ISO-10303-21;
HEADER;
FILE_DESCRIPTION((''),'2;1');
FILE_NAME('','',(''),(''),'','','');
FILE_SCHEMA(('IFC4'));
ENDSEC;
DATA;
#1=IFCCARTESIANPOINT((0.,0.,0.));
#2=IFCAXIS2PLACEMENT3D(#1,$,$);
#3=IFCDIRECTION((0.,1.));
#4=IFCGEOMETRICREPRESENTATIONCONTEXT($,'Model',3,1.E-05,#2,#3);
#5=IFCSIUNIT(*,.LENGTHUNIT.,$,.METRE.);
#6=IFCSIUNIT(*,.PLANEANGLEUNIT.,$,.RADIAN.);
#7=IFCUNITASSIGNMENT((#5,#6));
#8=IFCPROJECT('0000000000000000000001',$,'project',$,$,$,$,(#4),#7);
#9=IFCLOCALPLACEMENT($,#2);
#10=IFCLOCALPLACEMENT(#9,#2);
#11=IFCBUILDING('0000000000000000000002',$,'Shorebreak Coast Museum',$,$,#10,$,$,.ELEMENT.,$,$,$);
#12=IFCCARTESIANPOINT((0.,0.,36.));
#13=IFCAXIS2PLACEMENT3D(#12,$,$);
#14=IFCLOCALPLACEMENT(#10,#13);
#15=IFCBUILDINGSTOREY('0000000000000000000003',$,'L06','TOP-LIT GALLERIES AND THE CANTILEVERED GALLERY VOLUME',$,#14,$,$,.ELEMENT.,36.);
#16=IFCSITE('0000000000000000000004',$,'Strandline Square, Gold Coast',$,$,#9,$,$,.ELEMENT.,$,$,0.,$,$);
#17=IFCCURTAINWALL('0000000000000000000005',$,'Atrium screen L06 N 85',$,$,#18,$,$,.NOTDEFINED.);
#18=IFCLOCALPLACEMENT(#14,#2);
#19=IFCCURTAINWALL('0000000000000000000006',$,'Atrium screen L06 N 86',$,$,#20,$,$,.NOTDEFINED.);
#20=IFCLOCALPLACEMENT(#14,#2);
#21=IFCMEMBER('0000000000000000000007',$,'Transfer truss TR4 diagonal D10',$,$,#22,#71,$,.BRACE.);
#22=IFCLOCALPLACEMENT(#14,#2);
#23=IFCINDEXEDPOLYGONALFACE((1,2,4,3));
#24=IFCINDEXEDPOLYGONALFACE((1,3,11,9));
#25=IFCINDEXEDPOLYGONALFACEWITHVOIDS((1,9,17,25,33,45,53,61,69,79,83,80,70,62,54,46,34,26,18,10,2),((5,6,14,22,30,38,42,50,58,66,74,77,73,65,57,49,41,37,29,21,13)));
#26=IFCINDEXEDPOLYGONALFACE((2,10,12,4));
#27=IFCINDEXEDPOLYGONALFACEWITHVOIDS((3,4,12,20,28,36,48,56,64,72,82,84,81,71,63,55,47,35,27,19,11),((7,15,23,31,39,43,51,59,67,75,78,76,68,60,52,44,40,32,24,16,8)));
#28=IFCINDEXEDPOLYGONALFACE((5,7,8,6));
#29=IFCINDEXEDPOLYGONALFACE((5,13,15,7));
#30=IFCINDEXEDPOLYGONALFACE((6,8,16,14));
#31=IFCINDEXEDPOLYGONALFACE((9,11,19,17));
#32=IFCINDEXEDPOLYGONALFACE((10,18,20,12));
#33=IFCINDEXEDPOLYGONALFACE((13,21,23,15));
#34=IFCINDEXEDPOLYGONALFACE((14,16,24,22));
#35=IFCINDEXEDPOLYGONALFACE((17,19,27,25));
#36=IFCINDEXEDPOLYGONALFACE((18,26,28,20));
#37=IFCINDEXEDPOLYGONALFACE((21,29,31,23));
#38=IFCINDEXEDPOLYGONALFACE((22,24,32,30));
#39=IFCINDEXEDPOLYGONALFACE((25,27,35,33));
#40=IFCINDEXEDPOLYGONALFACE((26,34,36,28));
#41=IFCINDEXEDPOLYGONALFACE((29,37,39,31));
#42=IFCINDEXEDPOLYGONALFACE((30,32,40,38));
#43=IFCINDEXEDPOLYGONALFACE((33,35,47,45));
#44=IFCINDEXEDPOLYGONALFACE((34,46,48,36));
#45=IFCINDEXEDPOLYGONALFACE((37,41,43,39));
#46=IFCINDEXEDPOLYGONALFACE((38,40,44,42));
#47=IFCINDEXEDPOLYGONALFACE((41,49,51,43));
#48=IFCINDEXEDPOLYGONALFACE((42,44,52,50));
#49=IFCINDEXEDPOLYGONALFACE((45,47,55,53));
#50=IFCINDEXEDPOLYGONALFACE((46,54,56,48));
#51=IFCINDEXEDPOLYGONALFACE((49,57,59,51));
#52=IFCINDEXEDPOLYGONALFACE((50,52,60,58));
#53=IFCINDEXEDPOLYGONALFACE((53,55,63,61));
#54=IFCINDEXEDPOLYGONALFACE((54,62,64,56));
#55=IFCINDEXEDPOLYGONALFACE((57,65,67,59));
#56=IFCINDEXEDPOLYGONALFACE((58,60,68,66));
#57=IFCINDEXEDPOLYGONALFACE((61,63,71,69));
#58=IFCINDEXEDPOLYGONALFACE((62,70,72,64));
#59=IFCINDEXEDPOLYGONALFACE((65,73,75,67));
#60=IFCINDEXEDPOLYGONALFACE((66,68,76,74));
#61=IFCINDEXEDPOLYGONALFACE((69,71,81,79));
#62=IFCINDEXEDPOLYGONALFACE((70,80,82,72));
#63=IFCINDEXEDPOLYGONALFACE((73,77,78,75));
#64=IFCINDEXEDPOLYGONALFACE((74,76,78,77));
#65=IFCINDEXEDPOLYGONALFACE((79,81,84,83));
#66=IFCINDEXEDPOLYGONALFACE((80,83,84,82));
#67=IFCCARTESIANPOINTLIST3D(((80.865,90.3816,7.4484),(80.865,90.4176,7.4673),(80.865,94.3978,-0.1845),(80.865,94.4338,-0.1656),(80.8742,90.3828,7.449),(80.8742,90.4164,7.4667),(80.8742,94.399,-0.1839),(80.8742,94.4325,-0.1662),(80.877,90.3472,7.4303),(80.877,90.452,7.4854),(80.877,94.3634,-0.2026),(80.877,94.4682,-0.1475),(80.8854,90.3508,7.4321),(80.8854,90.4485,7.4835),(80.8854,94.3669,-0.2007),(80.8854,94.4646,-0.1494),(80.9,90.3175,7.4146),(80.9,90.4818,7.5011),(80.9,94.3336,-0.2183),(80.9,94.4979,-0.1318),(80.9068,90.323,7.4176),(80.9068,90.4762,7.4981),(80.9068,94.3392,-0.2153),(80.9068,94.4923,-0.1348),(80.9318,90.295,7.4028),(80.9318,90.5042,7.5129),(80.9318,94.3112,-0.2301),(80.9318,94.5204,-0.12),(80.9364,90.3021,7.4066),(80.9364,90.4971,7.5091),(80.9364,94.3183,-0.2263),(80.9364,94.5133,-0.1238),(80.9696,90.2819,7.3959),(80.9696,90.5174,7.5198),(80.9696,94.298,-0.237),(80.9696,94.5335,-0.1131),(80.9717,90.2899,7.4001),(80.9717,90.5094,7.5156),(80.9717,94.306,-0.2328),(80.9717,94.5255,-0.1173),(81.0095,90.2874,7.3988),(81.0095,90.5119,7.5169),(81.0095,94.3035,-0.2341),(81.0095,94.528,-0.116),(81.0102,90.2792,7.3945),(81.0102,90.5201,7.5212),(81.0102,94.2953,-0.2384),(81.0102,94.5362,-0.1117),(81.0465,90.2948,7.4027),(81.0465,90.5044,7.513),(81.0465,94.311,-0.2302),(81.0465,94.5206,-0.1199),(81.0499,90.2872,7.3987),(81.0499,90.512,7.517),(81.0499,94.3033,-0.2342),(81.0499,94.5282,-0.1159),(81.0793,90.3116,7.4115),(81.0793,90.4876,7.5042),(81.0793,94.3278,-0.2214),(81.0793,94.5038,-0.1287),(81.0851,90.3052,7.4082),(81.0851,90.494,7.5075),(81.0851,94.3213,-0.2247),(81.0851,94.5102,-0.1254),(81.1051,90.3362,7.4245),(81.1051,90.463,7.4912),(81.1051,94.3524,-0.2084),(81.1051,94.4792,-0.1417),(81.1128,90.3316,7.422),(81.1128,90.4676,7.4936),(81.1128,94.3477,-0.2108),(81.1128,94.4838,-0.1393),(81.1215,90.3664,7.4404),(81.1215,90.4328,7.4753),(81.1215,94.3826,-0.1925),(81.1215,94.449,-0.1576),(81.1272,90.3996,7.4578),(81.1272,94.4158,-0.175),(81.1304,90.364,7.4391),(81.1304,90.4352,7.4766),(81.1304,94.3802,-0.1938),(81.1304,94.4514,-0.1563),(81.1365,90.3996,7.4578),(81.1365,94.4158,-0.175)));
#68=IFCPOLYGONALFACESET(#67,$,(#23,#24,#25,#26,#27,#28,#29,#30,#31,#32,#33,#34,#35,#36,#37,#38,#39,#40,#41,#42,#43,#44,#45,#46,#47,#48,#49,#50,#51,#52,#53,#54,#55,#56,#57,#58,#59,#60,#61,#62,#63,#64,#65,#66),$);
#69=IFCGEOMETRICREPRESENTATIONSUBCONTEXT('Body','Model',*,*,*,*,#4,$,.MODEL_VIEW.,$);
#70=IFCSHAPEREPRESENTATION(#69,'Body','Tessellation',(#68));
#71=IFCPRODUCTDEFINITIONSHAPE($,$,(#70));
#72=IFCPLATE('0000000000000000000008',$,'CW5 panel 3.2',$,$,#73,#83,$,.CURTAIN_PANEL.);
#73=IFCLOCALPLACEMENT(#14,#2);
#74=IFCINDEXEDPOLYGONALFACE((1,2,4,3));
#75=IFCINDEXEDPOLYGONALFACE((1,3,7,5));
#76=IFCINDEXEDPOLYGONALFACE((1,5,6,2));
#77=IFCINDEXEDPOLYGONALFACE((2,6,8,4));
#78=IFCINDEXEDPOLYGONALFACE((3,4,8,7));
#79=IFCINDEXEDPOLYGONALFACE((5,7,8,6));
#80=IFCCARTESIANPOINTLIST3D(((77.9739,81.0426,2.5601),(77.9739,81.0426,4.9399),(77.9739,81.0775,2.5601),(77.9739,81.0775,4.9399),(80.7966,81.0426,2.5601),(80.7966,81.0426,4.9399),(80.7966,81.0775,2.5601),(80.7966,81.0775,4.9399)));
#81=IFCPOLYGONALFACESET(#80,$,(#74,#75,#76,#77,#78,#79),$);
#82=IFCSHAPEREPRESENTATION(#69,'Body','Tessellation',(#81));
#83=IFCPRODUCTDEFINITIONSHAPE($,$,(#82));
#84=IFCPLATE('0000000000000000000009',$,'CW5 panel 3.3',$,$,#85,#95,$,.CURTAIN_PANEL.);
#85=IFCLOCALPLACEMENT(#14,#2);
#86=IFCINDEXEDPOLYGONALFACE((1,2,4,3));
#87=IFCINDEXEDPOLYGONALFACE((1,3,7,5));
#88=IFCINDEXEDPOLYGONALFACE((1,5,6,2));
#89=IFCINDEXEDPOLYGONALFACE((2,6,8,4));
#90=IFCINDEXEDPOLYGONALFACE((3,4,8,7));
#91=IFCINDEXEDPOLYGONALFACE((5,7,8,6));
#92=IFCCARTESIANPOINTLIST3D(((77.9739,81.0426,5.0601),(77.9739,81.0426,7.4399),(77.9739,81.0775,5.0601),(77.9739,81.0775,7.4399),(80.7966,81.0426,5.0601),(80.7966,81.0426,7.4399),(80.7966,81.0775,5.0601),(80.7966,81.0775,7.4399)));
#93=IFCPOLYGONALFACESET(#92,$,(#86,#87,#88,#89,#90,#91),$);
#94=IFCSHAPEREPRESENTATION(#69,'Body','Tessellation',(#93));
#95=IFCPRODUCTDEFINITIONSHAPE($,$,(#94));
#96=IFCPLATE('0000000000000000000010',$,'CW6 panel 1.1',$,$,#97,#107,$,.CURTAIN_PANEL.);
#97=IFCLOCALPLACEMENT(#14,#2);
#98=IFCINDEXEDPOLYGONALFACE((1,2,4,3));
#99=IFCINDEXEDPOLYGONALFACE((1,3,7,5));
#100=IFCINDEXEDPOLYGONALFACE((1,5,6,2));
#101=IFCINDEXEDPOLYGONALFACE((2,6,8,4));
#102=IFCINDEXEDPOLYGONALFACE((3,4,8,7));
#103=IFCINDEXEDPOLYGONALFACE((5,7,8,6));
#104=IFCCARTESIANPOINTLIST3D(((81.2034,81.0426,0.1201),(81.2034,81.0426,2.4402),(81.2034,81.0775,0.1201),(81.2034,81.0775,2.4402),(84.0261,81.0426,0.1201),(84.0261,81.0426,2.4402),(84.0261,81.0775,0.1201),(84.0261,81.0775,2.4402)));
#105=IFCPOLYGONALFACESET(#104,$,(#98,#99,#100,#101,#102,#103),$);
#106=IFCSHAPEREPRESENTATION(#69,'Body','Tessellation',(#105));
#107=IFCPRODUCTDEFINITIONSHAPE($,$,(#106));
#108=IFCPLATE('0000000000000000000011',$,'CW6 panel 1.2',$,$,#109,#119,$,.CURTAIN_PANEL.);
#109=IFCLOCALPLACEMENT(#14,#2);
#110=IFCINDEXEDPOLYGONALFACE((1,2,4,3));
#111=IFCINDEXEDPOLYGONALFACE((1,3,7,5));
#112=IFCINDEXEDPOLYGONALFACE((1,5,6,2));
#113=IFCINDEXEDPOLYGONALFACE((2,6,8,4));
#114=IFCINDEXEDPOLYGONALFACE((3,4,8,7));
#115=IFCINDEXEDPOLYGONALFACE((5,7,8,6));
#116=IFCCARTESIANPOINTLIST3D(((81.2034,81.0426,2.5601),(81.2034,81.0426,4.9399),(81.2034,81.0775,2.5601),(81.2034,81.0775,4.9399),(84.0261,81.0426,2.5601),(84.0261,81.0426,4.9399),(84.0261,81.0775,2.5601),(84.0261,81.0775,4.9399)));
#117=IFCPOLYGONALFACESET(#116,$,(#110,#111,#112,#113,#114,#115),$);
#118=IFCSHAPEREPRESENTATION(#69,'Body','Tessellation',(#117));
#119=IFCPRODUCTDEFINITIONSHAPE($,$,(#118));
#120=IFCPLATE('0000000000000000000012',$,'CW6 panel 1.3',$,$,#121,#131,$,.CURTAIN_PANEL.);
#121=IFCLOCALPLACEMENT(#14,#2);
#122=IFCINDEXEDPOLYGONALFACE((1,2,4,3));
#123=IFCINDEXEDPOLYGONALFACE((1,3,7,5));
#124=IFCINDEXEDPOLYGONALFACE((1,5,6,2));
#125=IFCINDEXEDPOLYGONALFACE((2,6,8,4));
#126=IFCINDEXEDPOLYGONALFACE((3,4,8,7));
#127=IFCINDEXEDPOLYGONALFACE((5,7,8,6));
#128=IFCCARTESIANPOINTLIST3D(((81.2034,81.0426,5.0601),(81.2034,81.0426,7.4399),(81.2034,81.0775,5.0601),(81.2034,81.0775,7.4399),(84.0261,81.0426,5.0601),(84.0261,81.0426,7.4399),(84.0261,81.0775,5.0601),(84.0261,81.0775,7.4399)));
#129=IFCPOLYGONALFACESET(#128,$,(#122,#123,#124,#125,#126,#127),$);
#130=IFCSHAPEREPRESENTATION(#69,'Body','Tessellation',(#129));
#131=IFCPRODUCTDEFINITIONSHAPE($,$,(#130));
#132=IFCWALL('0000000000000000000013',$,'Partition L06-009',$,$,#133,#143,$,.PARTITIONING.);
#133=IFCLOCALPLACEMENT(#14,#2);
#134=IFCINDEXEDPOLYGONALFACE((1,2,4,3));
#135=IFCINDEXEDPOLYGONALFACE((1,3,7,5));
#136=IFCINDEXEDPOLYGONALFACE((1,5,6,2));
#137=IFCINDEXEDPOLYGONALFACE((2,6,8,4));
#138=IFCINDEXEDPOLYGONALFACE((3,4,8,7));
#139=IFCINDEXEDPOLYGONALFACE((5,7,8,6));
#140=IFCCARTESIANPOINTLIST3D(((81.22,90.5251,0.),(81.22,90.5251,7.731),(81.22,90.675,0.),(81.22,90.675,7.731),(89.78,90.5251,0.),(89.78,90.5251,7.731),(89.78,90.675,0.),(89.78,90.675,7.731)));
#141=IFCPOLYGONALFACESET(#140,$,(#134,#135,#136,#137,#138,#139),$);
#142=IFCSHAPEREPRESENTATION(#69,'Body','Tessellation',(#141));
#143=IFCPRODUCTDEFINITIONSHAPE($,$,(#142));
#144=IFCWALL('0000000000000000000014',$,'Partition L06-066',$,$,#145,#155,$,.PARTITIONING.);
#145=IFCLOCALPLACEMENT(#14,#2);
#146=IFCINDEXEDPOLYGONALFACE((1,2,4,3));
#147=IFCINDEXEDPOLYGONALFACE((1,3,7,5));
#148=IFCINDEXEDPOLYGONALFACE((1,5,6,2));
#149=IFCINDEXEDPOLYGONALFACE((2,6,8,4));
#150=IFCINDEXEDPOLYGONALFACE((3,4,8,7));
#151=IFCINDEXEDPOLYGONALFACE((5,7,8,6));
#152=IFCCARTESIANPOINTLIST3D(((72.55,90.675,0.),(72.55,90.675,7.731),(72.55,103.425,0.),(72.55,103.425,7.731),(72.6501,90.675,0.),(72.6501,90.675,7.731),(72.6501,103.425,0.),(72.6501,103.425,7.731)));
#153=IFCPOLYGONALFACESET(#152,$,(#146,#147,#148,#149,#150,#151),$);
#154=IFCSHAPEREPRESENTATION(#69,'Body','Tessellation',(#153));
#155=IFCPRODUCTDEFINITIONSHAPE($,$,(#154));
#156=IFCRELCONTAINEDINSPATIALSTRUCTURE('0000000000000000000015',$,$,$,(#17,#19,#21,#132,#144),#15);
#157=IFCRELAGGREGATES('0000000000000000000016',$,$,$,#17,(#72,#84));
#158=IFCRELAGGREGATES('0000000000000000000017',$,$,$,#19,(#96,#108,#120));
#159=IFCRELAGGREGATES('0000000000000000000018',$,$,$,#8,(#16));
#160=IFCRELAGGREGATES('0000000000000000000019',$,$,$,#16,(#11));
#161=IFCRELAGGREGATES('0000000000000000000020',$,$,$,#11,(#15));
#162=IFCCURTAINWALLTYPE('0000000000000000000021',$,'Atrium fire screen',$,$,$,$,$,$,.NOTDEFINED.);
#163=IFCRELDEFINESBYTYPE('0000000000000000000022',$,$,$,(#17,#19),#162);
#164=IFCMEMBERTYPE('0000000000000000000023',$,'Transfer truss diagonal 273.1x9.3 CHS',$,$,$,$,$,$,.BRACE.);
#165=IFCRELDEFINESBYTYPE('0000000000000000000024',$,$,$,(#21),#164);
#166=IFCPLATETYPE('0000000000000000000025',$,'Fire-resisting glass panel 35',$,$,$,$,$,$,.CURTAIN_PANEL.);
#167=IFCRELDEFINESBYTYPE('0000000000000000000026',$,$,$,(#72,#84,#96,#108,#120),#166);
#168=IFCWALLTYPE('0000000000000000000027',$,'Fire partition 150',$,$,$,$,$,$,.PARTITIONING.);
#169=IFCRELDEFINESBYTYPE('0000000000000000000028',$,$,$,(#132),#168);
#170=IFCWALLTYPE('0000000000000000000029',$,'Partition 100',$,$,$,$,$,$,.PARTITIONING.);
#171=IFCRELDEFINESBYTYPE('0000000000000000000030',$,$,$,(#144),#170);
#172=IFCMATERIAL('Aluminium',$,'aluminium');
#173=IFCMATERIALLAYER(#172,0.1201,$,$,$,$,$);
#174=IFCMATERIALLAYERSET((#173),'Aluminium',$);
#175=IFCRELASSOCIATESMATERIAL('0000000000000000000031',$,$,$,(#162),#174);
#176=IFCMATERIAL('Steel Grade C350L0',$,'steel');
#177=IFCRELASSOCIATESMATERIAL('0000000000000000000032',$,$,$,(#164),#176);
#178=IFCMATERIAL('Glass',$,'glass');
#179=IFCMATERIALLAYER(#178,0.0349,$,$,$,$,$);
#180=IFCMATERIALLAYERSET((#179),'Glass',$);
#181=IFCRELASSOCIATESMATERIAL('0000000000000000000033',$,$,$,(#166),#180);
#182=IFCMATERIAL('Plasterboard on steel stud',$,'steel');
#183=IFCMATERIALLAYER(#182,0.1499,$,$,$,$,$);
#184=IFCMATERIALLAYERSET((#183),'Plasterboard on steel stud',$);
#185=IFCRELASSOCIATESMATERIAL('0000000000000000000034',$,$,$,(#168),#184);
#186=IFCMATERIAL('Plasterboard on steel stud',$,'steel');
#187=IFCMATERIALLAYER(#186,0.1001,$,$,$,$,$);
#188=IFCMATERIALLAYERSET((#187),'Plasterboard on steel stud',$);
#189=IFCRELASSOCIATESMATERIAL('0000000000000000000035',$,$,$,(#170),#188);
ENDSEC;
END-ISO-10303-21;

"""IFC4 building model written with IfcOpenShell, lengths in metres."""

from ifc_helpers import new_model, si_unit, direction, frame, frame_2d, origin, origin_2d, place, context, subcontext, project, spatial, rectangle, hollow_circle, extrude, material, layer, layer_set, material_profile, profile_set, type_object, element, aggregate, save


model = new_model("IFC4")

# Units and contexts
model_context = context("Model", 3, precision=1e-05, world=origin(), true_north=direction((0.0, 1.0)))
body_context = subcontext(model_context, "Body", "Model", "MODEL_VIEW")
ifc_project = project(units=[si_unit("LENGTHUNIT", "METRE"), si_unit("PLANEANGLEUNIT", "RADIAN")], contexts=[model_context])

# Site, building, storey
site_placement = place(None, origin())
site = spatial("IfcSite", under=ifc_project, at=site_placement, Name="Strandline Square, Gold Coast", CompositionType="ELEMENT", RefElevation=0.0)
building_placement = place(site_placement, origin())
building = spatial("IfcBuilding", under=site, at=building_placement, Name="Shorebreak Coast Museum", CompositionType="ELEMENT")
storey_placement = place(building_placement, frame((0.0, 0.0, 36.0)))
storey = spatial("IfcBuildingStorey", under=building, at=storey_placement, Name="L06", Description="TOP-LIT GALLERIES AND THE CANTILEVERED GALLERY VOLUME", CompositionType="ELEMENT", Elevation=36.0)

# Curtain wall
ifc_material_1 = material(Name="Aluminium", Category="aluminium")
ifc_layer_1 = layer(ifc_material_1, 0.1201)
ifc_layer_set_1 = layer_set([ifc_layer_1], Name="Aluminium")
curtain_wall_type = type_object("IfcCurtainWallType", Name="Atrium fire screen", PredefinedType="NOTDEFINED", material=ifc_layer_set_1)
curtain_wall_1_placement = place(storey_placement, origin())
curtain_wall_1 = element("IfcCurtainWall", 1, at=curtain_wall_1_placement, inside=storey, type_object=curtain_wall_type, Name="Atrium screen L06 N 85", PredefinedType="NOTDEFINED")

# Curtain wall
curtain_wall_2_placement = place(storey_placement, origin())
curtain_wall_2 = element("IfcCurtainWall", 2, at=curtain_wall_2_placement, inside=storey, type_object=curtain_wall_type, Name="Atrium screen L06 N 86", PredefinedType="NOTDEFINED")

# Member
ifc_material_2 = material(Name="Steel Grade C350L0", Category="steel")
ifc_material_profile_1 = material_profile(ifc_material_2, hollow_circle(Radius=0.1365, WallThickness=0.0093, at=origin_2d()), Name="273.1x9.3 CHS")
ifc_profile_set_1 = profile_set([ifc_material_profile_1], Name="Steel Grade C350L0")
member_type_1 = type_object("IfcMemberType", Name="Transfer truss diagonal 273.1x9.3 CHS", PredefinedType="BRACE", material=ifc_profile_set_1)
member_1_placement = place(storey_placement, frame((81.0, 94.4158, -0.175), z_axis=(0.0, -0.465641, 0.884973), x_axis=(1.0, 0.0, 0.0)))
element("IfcMember", 3, at=member_1_placement, inside=storey, type_object=member_type_1, Name="Transfer truss TR4 diagonal D10", PredefinedType="BRACE", context=body_context, shape_type="SweptSolid", body=[
    extrude(hollow_circle(Radius=0.1365, WallThickness=0.0093, at=origin_2d()), origin(), (0.0, 0.0, 1.0), 8.625),
])

# Plates
ifc_material_3 = material(Name="Glass", Category="glass")
ifc_layer_2 = layer(ifc_material_3, 0.0349)
ifc_layer_set_2 = layer_set([ifc_layer_2], Name="Glass")
plate_type = type_object("IfcPlateType", Name="Fire-resisting glass panel 35", PredefinedType="CURTAIN_PANEL", material=ifc_layer_set_2)
plate_1_placement = place(storey_placement, frame((79.3853, 81.0601, 2.5601), z_axis=(0.0, 0.0, 1.0), x_axis=(1.0, 0.0, 0.0)))
plate_1 = element("IfcPlate", 4, at=plate_1_placement, type_object=plate_type, Name="CW5 panel 3.2", PredefinedType="CURTAIN_PANEL", context=body_context, shape_type="SweptSolid", body=[
    extrude(rectangle(XDim=2.8228, YDim=0.0349, at=origin_2d()), origin(), (0.0, 0.0, 1.0), 2.3799),
])
plate_2_placement = place(storey_placement, frame((79.3853, 81.0601, 5.0601), z_axis=(0.0, 0.0, 1.0), x_axis=(1.0, 0.0, 0.0)))
plate_2 = element("IfcPlate", 5, at=plate_2_placement, type_object=plate_type, Name="CW5 panel 3.3", PredefinedType="CURTAIN_PANEL", context=body_context, shape_type="SweptSolid", body=[
    extrude(rectangle(XDim=2.8228, YDim=0.0349, at=origin_2d()), origin(), (0.0, 0.0, 1.0), 2.3799),
])
aggregate(curtain_wall_1, [plate_1, plate_2])
plate_3_placement = place(storey_placement, frame((82.6147, 81.0601, 0.1201), z_axis=(0.0, 0.0, 1.0), x_axis=(1.0, 0.0, 0.0)))
plate_3 = element("IfcPlate", 6, at=plate_3_placement, type_object=plate_type, Name="CW6 panel 1.1", PredefinedType="CURTAIN_PANEL", context=body_context, shape_type="SweptSolid", body=[
    extrude(rectangle(XDim=2.8228, YDim=0.0349, at=origin_2d()), origin(), (0.0, 0.0, 1.0), 2.3201),
])
plate_4_placement = place(storey_placement, frame((82.6147, 81.0601, 2.5601), z_axis=(0.0, 0.0, 1.0), x_axis=(1.0, 0.0, 0.0)))
plate_4 = element("IfcPlate", 7, at=plate_4_placement, type_object=plate_type, Name="CW6 panel 1.2", PredefinedType="CURTAIN_PANEL", context=body_context, shape_type="SweptSolid", body=[
    extrude(rectangle(XDim=2.8228, YDim=0.0349, at=origin_2d()), origin(), (0.0, 0.0, 1.0), 2.3799),
])
plate_5_placement = place(storey_placement, frame((82.6147, 81.0601, 5.0601), z_axis=(0.0, 0.0, 1.0), x_axis=(1.0, 0.0, 0.0)))
plate_5 = element("IfcPlate", 8, at=plate_5_placement, type_object=plate_type, Name="CW6 panel 1.3", PredefinedType="CURTAIN_PANEL", context=body_context, shape_type="SweptSolid", body=[
    extrude(rectangle(XDim=2.8228, YDim=0.0349, at=origin_2d()), origin(), (0.0, 0.0, 1.0), 2.3799),
])
aggregate(curtain_wall_2, [plate_3, plate_4, plate_5])

# Walls
ifc_material_4 = material(Name="Plasterboard on steel stud", Category="steel")
ifc_layer_3 = layer(ifc_material_4, 0.1499)
ifc_layer_set_3 = layer_set([ifc_layer_3], Name="Plasterboard on steel stud")
wall_type_1 = type_object("IfcWallType", Name="Fire partition 150", PredefinedType="PARTITIONING", material=ifc_layer_set_3)
wall_1_placement = place(storey_placement, frame((81.22, 90.6001, 0.0), z_axis=(0.0, 0.0, 1.0), x_axis=(1.0, 0.0, 0.0)))
element("IfcWall", 9, at=wall_1_placement, inside=storey, type_object=wall_type_1, Name="Partition L06-009", PredefinedType="PARTITIONING", context=body_context, shape_type="SweptSolid", body=[
    extrude(rectangle(XDim=8.5601, YDim=0.1499, at=frame_2d((4.28, 0.0))), origin(), (0.0, 0.0, 1.0), 7.731),
])
ifc_material_5 = material(Name="Plasterboard on steel stud", Category="steel")
ifc_layer_4 = layer(ifc_material_5, 0.1001)
ifc_layer_set_4 = layer_set([ifc_layer_4], Name="Plasterboard on steel stud")
wall_type_2 = type_object("IfcWallType", Name="Partition 100", PredefinedType="PARTITIONING", material=ifc_layer_set_4)
wall_2_placement = place(storey_placement, frame((72.6001, 90.675, 0.0), z_axis=(0.0, 0.0, 1.0), x_axis=(0.0, 1.0, 0.0)))
element("IfcWall", 10, at=wall_2_placement, inside=storey, type_object=wall_type_2, Name="Partition L06-066", PredefinedType="PARTITIONING", context=body_context, shape_type="SweptSolid", body=[
    extrude(rectangle(XDim=12.75, YDim=0.1001, at=frame_2d((6.375, 0.0))), origin(), (0.0, 0.0, 1.0), 7.731),
])

save(model, "model.ifc")
